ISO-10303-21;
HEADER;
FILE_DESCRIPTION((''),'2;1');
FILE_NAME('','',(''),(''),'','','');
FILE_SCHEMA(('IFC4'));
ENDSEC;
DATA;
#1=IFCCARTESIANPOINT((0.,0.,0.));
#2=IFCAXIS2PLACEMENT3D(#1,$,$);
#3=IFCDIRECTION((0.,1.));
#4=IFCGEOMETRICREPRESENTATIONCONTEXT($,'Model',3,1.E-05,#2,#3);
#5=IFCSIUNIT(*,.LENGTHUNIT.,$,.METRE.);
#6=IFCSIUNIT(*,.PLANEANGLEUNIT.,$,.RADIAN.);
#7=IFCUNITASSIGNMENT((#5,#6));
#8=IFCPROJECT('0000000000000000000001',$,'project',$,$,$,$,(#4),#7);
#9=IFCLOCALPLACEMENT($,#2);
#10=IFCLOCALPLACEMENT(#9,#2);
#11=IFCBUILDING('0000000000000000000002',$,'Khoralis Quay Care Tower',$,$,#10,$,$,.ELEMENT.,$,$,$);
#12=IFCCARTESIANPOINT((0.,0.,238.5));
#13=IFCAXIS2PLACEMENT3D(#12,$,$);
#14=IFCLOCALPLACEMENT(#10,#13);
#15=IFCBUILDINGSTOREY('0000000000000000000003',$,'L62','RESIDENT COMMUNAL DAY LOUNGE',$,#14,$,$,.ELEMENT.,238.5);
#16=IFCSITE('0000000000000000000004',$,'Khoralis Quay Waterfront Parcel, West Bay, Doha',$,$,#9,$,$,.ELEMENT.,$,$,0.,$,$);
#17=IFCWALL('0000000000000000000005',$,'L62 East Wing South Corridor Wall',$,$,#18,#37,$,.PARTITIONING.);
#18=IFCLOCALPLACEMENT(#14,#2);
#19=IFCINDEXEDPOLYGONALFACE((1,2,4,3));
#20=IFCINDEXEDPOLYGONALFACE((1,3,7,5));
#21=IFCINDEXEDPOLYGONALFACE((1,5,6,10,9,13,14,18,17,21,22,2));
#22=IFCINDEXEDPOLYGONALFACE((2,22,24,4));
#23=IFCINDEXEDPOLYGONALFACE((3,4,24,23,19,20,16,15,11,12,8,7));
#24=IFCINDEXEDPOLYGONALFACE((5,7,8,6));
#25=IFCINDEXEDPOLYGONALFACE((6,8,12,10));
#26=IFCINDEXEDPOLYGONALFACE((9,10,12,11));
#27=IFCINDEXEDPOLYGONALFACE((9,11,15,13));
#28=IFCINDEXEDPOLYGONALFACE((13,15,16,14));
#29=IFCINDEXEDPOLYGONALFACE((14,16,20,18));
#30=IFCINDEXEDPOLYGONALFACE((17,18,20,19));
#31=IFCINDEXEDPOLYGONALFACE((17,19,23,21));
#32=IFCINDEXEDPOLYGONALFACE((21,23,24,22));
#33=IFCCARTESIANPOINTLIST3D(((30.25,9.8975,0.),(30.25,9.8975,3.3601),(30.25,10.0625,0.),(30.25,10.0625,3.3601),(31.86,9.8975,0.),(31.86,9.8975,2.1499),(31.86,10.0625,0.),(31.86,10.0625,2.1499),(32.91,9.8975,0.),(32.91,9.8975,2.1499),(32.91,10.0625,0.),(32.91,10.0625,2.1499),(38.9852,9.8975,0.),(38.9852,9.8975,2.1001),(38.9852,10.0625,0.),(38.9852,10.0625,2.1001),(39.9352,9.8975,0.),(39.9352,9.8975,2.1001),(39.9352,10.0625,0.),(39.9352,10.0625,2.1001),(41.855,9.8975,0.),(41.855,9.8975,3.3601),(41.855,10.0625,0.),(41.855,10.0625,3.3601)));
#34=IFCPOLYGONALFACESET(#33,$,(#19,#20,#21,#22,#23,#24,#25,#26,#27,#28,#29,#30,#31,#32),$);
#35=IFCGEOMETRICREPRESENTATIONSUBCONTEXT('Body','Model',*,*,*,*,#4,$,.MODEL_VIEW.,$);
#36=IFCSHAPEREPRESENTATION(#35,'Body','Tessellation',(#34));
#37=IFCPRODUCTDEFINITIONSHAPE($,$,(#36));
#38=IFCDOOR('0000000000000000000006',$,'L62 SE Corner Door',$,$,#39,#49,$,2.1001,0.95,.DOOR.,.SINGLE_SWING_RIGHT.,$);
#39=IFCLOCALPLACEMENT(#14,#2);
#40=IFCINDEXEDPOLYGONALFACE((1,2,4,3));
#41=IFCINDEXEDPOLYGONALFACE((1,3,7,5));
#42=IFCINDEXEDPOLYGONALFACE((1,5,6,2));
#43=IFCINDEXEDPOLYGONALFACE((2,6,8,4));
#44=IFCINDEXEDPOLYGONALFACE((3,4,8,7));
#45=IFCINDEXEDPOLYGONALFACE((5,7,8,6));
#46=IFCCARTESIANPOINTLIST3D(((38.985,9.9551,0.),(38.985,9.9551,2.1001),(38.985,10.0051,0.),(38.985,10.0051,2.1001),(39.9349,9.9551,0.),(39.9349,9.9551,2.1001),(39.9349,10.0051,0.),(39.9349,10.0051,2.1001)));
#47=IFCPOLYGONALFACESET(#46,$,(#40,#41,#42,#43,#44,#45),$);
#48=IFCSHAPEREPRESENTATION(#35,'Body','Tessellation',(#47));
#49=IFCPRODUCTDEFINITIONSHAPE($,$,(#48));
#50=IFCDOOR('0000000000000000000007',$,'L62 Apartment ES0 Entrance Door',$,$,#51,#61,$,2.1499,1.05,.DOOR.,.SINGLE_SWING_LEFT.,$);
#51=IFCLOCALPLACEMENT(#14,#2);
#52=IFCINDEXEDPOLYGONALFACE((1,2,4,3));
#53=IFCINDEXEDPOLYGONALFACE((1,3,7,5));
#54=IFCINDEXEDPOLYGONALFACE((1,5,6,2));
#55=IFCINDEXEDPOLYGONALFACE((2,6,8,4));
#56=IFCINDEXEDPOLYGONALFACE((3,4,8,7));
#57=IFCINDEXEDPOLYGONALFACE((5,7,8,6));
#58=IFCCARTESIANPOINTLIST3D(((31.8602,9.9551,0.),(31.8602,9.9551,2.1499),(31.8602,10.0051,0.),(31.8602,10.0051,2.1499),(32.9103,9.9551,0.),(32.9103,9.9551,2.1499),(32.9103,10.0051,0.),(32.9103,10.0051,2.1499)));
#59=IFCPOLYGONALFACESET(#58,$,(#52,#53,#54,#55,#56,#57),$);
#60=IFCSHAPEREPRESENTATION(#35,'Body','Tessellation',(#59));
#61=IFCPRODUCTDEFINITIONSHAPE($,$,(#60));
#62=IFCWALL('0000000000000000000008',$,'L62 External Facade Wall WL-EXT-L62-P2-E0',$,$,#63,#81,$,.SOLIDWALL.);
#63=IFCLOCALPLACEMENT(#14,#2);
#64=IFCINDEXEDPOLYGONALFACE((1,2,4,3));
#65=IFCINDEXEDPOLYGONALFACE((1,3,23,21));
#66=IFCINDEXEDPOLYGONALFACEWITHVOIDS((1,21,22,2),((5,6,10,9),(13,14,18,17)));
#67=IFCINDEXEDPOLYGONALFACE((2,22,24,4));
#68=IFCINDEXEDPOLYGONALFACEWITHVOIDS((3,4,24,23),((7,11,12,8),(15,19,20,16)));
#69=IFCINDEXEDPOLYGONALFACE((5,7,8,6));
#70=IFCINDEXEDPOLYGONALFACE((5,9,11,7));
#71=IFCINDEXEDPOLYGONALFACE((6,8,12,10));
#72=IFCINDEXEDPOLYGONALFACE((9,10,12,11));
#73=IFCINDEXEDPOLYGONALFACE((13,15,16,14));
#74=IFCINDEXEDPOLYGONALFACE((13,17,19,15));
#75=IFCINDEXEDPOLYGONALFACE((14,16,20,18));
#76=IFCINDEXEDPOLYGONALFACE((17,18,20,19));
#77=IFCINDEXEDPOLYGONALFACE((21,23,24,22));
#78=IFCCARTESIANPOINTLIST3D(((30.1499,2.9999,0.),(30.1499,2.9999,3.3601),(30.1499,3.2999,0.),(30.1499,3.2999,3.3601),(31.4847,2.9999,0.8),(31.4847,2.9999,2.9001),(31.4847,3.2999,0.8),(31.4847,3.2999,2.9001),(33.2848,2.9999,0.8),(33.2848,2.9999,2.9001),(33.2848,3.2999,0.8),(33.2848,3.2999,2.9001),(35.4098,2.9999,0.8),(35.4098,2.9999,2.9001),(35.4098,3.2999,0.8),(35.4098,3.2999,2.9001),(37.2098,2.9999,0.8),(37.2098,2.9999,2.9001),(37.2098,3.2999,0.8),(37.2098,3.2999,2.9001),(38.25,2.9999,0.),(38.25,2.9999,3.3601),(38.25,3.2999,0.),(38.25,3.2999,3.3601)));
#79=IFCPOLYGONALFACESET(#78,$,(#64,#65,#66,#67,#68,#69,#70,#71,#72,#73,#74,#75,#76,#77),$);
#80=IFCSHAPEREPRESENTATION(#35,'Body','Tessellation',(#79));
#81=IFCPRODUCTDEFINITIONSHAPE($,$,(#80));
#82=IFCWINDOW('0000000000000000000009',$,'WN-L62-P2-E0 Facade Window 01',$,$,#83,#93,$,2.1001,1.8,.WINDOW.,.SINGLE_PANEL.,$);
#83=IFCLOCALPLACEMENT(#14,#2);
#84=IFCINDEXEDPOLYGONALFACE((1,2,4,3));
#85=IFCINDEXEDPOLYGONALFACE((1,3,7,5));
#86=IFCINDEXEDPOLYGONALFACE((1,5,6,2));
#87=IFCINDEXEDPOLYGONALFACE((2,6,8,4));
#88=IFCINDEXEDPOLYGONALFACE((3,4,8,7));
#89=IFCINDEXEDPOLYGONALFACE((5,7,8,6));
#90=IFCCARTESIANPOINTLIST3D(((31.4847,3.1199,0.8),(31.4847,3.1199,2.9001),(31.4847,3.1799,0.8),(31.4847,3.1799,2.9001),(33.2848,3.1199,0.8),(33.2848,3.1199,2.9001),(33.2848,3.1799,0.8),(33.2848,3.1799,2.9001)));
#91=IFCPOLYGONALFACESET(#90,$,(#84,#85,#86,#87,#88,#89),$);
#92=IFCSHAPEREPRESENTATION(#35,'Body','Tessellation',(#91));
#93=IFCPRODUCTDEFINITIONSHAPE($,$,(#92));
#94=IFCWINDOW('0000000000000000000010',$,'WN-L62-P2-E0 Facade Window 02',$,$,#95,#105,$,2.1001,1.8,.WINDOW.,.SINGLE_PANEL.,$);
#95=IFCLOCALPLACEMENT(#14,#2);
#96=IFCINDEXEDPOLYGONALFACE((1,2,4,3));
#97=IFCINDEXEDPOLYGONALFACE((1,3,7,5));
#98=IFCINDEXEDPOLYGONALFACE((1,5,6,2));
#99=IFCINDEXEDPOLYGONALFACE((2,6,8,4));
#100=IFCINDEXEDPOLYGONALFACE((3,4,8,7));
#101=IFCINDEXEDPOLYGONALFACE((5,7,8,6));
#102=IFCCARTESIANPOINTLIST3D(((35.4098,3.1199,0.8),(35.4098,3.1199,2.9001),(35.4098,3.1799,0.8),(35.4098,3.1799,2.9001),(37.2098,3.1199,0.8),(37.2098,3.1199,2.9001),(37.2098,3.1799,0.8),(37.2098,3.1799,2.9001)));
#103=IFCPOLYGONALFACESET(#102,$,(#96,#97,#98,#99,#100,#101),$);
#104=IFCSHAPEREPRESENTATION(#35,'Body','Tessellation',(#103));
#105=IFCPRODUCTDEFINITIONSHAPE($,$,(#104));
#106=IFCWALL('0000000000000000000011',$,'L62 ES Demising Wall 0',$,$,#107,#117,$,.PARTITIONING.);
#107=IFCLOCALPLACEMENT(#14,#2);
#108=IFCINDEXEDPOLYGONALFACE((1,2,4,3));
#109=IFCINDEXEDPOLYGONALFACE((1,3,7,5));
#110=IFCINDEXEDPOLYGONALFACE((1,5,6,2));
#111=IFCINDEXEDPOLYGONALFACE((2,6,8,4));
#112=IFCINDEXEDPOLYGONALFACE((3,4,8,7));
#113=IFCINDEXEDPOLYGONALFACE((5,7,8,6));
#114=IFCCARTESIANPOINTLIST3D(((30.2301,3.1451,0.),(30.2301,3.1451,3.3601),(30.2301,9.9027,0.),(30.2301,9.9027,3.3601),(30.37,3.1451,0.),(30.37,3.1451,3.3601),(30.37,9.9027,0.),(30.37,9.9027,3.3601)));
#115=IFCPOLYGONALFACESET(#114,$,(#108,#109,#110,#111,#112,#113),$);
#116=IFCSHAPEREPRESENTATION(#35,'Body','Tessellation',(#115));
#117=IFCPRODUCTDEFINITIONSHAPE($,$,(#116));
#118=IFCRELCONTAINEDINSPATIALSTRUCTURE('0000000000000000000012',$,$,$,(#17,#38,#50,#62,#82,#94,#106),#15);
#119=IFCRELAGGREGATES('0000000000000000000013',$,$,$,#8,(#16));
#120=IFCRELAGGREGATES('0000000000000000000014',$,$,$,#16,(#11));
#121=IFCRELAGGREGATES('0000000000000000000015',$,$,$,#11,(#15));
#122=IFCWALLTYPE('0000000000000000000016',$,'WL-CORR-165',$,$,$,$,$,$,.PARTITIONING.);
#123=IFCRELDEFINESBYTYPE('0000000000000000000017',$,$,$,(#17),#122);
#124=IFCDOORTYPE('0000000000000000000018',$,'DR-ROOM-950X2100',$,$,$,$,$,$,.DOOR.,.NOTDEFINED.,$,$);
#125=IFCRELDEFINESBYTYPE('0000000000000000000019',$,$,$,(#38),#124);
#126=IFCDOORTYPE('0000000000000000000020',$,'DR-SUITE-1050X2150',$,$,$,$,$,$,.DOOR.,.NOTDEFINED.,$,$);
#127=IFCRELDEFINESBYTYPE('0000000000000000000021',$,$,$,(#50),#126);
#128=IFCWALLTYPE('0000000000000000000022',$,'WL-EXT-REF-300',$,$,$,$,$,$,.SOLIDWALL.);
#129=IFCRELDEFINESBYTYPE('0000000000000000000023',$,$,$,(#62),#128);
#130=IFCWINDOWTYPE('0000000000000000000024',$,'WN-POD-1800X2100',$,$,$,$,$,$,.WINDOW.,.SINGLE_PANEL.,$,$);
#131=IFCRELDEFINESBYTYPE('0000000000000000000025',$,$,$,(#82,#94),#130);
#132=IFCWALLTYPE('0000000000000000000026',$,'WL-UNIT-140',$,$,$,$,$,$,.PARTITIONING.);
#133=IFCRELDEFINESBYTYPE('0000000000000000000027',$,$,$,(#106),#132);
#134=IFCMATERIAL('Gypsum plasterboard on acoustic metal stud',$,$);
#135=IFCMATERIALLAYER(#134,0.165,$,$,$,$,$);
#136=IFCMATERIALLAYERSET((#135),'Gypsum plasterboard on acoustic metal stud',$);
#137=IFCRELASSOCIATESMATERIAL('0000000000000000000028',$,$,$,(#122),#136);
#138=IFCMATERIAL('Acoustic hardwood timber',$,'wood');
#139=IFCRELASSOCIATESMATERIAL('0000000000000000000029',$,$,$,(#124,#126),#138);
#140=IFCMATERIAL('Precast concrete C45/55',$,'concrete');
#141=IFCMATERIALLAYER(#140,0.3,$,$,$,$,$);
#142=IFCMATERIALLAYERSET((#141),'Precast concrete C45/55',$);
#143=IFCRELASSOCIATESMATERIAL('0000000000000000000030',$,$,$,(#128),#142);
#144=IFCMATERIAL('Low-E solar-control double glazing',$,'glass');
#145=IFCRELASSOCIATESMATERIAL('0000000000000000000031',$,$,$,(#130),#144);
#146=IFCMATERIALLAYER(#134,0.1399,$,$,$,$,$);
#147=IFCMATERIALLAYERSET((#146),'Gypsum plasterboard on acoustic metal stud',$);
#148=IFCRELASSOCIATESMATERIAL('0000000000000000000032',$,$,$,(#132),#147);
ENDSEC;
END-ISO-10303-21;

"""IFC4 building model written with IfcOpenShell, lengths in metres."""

from ifc_helpers import new_model, si_unit, direction, frame, frame_2d, origin, place, context, subcontext, project, spatial, rectangle, extrude, source, transform, mapped, material, layer, layer_set, type_object, element, fill, save


model = new_model("IFC4")

# Units and contexts
model_context = context("Model", 3, precision=1e-05, world=origin(), true_north=direction((0.0, 1.0)))
body_context = subcontext(model_context, "Body", "Model", "MODEL_VIEW")
ifc_project = project(units=[si_unit("LENGTHUNIT", "METRE"), si_unit("PLANEANGLEUNIT", "RADIAN")], contexts=[model_context])

# Site, building, storey
site_placement = place(None, origin())
site = spatial("IfcSite", under=ifc_project, at=site_placement, Name="Khoralis Quay Waterfront Parcel, West Bay, Doha", CompositionType="ELEMENT", RefElevation=0.0)
building_placement = place(site_placement, origin())
building = spatial("IfcBuilding", under=site, at=building_placement, Name="Khoralis Quay Care Tower", CompositionType="ELEMENT")
storey_placement = place(building_placement, frame((0.0, 0.0, 238.5)))
storey = spatial("IfcBuildingStorey", under=building, at=storey_placement, Name="L62", Description="RESIDENT COMMUNAL DAY LOUNGE", CompositionType="ELEMENT", Elevation=238.5)

# Shared definitions
ifc_material_1 = material(Name="Low-E solar-control double glazing", Category="glass")

# Wall, openings, doors
ifc_material_2 = material(Name="Gypsum plasterboard on acoustic metal stud")
ifc_layer_1 = layer(ifc_material_2, 0.165)
ifc_layer_set_1 = layer_set([ifc_layer_1], Name="Gypsum plasterboard on acoustic metal stud")
wall_type_1 = type_object("IfcWallType", Name="WL-CORR-165", PredefinedType="PARTITIONING", material=ifc_layer_set_1)
wall_1_placement = place(storey_placement, frame((30.25, 9.98, 0.0), z_axis=(0.0, 0.0, 1.0), x_axis=(1.0, 0.0, 0.0)))
wall_1 = element("IfcWall", 1, at=wall_1_placement, inside=storey, type_object=wall_type_1, Name="L62 East Wing South Corridor Wall", PredefinedType="PARTITIONING", context=body_context, shape_type="SweptSolid", body=[
    extrude(rectangle(XDim=11.605, YDim=0.165, at=frame_2d((5.8025, 0.0))), origin(), (0.0, 0.0, 1.0), 3.3601),
])
opening_1_placement = place(wall_1_placement, frame((1.6101, 0.0, 0.0)))
opening_1 = element("IfcOpeningElement", 2, at=opening_1_placement, cuts=wall_1, PredefinedType="OPENING", context=body_context, shape_type="SweptSolid", body=[
    extrude(rectangle(XDim=1.05, YDim=2.1499, at=frame_2d((0.5249, 1.075))), frame((0.0, 0.0925, 0.0), z_axis=(0.0, -1.0, 0.0), x_axis=(1.0, 0.0, 0.0)), (0.0, 0.0, 1.0), 0.1851),
])
opening_2_placement = place(wall_1_placement, frame((8.7351, 0.0, 0.0)))
opening_2 = element("IfcOpeningElement", 3, at=opening_2_placement, cuts=wall_1, PredefinedType="OPENING", context=body_context, shape_type="SweptSolid", body=[
    extrude(rectangle(XDim=0.95, YDim=2.1001, at=frame_2d((0.4751, 1.05))), frame((0.0, 0.0925, 0.0), z_axis=(0.0, -1.0, 0.0), x_axis=(1.0, 0.0, 0.0)), (0.0, 0.0, 1.0), 0.1851),
])
ifc_material_3 = material(Name="Acoustic hardwood timber", Category="wood")
door_type_1 = type_object("IfcDoorType", Name="DR-ROOM-950X2100", OperationType="NOTDEFINED", PredefinedType="DOOR", material=ifc_material_3)
shared_shape_1 = source(origin(), body_context, "Body", "SweptSolid", [
    extrude(rectangle(XDim=0.95, YDim=2.1001, at=frame_2d((0.4751, 1.05))), frame((0.0, 0.0249, 0.0), z_axis=(0.0, -1.0, 0.0), x_axis=(1.0, 0.0, 0.0)), (0.0, 0.0, 1.0), 0.05),
])
door_1_placement = place(opening_2_placement, frame((0.95, 0.0, 0.0), z_axis=(0.0, 0.0, 1.0), x_axis=(-1.0, 0.0, 0.0)))
door_1 = element("IfcDoor", 4, at=door_1_placement, inside=storey, type_object=door_type_1, Name="L62 SE Corner Door", OperationType="SINGLE_SWING_RIGHT", OverallHeight=2.1001, OverallWidth=0.95, PredefinedType="DOOR", context=body_context, shape_type="MappedRepresentation", body=[
    mapped(shared_shape_1, transform((0.0, 0.0, 0.0), scale=1.0)),
])
fill(opening_2, door_1)
door_type_2 = type_object("IfcDoorType", Name="DR-SUITE-1050X2150", OperationType="NOTDEFINED", PredefinedType="DOOR", material=ifc_material_3)
shared_shape_2 = source(origin(), body_context, "Body", "SweptSolid", [
    extrude(rectangle(XDim=1.05, YDim=2.1499, at=frame_2d((0.5249, 1.075))), frame((0.0, 0.0249, 0.0), z_axis=(0.0, -1.0, 0.0), x_axis=(1.0, 0.0, 0.0)), (0.0, 0.0, 1.0), 0.05),
])
door_2_placement = place(opening_1_placement, frame((1.05, 0.0, 0.0), z_axis=(0.0, 0.0, 1.0), x_axis=(-1.0, 0.0, 0.0)))
door_2 = element("IfcDoor", 5, at=door_2_placement, inside=storey, type_object=door_type_2, Name="L62 Apartment ES0 Entrance Door", OperationType="SINGLE_SWING_LEFT", OverallHeight=2.1499, OverallWidth=1.05, PredefinedType="DOOR", context=body_context, shape_type="MappedRepresentation", body=[
    mapped(shared_shape_2, transform((0.0, 0.0, 0.0), scale=1.0)),
])
fill(opening_1, door_2)

# Wall, openings, windows
ifc_material_4 = material(Name="Precast concrete C45/55", Category="concrete")
ifc_layer_2 = layer(ifc_material_4, 0.3)
ifc_layer_set_2 = layer_set([ifc_layer_2], Name="Precast concrete C45/55")
wall_type_2 = type_object("IfcWallType", Name="WL-EXT-REF-300", PredefinedType="SOLIDWALL", material=ifc_layer_set_2)
wall_2_placement = place(storey_placement, frame((30.1499, 3.1499, 0.0), z_axis=(0.0, 0.0, 1.0), x_axis=(1.0, 0.0, 0.0)))
wall_2 = element("IfcWall", 6, at=wall_2_placement, inside=storey, type_object=wall_type_2, Name="L62 External Facade Wall WL-EXT-L62-P2-E0", PredefinedType="SOLIDWALL", context=body_context, shape_type="SweptSolid", body=[
    extrude(rectangle(XDim=8.1001, YDim=0.3, at=frame_2d((4.05, 0.0))), origin(), (0.0, 0.0, 1.0), 3.3601),
])
opening_3_placement = place(wall_2_placement, frame((1.335, 0.0, 0.8)))
opening_3 = element("IfcOpeningElement", 7, at=opening_3_placement, cuts=wall_2, PredefinedType="OPENING", context=body_context, shape_type="SweptSolid", body=[
    extrude(rectangle(XDim=1.8, YDim=2.1001, at=frame_2d((0.8999, 1.05))), frame((0.0, 0.1602, 0.0), z_axis=(0.0, -1.0, 0.0), x_axis=(1.0, 0.0, 0.0)), (0.0, 0.0, 1.0), 0.3201),
])
opening_4_placement = place(wall_2_placement, frame((5.26, 0.0, 0.8)))
opening_4 = element("IfcOpeningElement", 8, at=opening_4_placement, cuts=wall_2, PredefinedType="OPENING", context=body_context, shape_type="SweptSolid", body=[
    extrude(rectangle(XDim=1.8, YDim=2.1001, at=frame_2d((0.8999, 1.05))), frame((0.0, 0.1602, 0.0), z_axis=(0.0, -1.0, 0.0), x_axis=(1.0, 0.0, 0.0)), (0.0, 0.0, 1.0), 0.3201),
])
window_type = type_object("IfcWindowType", Name="WN-POD-1800X2100", PartitioningType="SINGLE_PANEL", PredefinedType="WINDOW", material=ifc_material_1)
shared_shape_3 = source(origin(), body_context, "Body", "SweptSolid", [
    extrude(rectangle(XDim=1.8, YDim=2.1001, at=frame_2d((0.8999, 1.05))), frame((0.0, 0.03, 0.0), z_axis=(0.0, -1.0, 0.0), x_axis=(1.0, 0.0, 0.0)), (0.0, 0.0, 1.0), 0.0601),
])
window_1_placement = place(opening_3_placement, origin())
window_1 = element("IfcWindow", 9, at=window_1_placement, inside=storey, type_object=window_type, Name="WN-L62-P2-E0 Facade Window 01", OverallHeight=2.1001, OverallWidth=1.8, PartitioningType="SINGLE_PANEL", PredefinedType="WINDOW", context=body_context, shape_type="MappedRepresentation", body=[
    mapped(shared_shape_3, transform((0.0, 0.0, 0.0), scale=1.0)),
])
fill(opening_3, window_1)
window_2_placement = place(opening_4_placement, origin())
window_2 = element("IfcWindow", 10, at=window_2_placement, inside=storey, type_object=window_type, Name="WN-L62-P2-E0 Facade Window 02", OverallHeight=2.1001, OverallWidth=1.8, PartitioningType="SINGLE_PANEL", PredefinedType="WINDOW", context=body_context, shape_type="MappedRepresentation", body=[
    mapped(shared_shape_3, transform((0.0, 0.0, 0.0), scale=1.0)),
])
fill(opening_4, window_2)

# Wall
ifc_layer_3 = layer(ifc_material_2, 0.1399)
ifc_layer_set_3 = layer_set([ifc_layer_3], Name="Gypsum plasterboard on acoustic metal stud")
wall_type_3 = type_object("IfcWallType", Name="WL-UNIT-140", PredefinedType="PARTITIONING", material=ifc_layer_set_3)
wall_3_placement = place(storey_placement, frame((30.3, 3.145, 0.0), z_axis=(0.0, 0.0, 1.0), x_axis=(0.0, 1.0, 0.0)))
element("IfcWall", 11, at=wall_3_placement, inside=storey, type_object=wall_type_3, Name="L62 ES Demising Wall 0", PredefinedType="PARTITIONING", context=body_context, shape_type="SweptSolid", body=[
    extrude(rectangle(XDim=6.7576, YDim=0.1399, at=frame_2d((3.3789, 0.0))), origin(), (0.0, 0.0, 1.0), 3.3601),
])

save(model, "model.ifc")
